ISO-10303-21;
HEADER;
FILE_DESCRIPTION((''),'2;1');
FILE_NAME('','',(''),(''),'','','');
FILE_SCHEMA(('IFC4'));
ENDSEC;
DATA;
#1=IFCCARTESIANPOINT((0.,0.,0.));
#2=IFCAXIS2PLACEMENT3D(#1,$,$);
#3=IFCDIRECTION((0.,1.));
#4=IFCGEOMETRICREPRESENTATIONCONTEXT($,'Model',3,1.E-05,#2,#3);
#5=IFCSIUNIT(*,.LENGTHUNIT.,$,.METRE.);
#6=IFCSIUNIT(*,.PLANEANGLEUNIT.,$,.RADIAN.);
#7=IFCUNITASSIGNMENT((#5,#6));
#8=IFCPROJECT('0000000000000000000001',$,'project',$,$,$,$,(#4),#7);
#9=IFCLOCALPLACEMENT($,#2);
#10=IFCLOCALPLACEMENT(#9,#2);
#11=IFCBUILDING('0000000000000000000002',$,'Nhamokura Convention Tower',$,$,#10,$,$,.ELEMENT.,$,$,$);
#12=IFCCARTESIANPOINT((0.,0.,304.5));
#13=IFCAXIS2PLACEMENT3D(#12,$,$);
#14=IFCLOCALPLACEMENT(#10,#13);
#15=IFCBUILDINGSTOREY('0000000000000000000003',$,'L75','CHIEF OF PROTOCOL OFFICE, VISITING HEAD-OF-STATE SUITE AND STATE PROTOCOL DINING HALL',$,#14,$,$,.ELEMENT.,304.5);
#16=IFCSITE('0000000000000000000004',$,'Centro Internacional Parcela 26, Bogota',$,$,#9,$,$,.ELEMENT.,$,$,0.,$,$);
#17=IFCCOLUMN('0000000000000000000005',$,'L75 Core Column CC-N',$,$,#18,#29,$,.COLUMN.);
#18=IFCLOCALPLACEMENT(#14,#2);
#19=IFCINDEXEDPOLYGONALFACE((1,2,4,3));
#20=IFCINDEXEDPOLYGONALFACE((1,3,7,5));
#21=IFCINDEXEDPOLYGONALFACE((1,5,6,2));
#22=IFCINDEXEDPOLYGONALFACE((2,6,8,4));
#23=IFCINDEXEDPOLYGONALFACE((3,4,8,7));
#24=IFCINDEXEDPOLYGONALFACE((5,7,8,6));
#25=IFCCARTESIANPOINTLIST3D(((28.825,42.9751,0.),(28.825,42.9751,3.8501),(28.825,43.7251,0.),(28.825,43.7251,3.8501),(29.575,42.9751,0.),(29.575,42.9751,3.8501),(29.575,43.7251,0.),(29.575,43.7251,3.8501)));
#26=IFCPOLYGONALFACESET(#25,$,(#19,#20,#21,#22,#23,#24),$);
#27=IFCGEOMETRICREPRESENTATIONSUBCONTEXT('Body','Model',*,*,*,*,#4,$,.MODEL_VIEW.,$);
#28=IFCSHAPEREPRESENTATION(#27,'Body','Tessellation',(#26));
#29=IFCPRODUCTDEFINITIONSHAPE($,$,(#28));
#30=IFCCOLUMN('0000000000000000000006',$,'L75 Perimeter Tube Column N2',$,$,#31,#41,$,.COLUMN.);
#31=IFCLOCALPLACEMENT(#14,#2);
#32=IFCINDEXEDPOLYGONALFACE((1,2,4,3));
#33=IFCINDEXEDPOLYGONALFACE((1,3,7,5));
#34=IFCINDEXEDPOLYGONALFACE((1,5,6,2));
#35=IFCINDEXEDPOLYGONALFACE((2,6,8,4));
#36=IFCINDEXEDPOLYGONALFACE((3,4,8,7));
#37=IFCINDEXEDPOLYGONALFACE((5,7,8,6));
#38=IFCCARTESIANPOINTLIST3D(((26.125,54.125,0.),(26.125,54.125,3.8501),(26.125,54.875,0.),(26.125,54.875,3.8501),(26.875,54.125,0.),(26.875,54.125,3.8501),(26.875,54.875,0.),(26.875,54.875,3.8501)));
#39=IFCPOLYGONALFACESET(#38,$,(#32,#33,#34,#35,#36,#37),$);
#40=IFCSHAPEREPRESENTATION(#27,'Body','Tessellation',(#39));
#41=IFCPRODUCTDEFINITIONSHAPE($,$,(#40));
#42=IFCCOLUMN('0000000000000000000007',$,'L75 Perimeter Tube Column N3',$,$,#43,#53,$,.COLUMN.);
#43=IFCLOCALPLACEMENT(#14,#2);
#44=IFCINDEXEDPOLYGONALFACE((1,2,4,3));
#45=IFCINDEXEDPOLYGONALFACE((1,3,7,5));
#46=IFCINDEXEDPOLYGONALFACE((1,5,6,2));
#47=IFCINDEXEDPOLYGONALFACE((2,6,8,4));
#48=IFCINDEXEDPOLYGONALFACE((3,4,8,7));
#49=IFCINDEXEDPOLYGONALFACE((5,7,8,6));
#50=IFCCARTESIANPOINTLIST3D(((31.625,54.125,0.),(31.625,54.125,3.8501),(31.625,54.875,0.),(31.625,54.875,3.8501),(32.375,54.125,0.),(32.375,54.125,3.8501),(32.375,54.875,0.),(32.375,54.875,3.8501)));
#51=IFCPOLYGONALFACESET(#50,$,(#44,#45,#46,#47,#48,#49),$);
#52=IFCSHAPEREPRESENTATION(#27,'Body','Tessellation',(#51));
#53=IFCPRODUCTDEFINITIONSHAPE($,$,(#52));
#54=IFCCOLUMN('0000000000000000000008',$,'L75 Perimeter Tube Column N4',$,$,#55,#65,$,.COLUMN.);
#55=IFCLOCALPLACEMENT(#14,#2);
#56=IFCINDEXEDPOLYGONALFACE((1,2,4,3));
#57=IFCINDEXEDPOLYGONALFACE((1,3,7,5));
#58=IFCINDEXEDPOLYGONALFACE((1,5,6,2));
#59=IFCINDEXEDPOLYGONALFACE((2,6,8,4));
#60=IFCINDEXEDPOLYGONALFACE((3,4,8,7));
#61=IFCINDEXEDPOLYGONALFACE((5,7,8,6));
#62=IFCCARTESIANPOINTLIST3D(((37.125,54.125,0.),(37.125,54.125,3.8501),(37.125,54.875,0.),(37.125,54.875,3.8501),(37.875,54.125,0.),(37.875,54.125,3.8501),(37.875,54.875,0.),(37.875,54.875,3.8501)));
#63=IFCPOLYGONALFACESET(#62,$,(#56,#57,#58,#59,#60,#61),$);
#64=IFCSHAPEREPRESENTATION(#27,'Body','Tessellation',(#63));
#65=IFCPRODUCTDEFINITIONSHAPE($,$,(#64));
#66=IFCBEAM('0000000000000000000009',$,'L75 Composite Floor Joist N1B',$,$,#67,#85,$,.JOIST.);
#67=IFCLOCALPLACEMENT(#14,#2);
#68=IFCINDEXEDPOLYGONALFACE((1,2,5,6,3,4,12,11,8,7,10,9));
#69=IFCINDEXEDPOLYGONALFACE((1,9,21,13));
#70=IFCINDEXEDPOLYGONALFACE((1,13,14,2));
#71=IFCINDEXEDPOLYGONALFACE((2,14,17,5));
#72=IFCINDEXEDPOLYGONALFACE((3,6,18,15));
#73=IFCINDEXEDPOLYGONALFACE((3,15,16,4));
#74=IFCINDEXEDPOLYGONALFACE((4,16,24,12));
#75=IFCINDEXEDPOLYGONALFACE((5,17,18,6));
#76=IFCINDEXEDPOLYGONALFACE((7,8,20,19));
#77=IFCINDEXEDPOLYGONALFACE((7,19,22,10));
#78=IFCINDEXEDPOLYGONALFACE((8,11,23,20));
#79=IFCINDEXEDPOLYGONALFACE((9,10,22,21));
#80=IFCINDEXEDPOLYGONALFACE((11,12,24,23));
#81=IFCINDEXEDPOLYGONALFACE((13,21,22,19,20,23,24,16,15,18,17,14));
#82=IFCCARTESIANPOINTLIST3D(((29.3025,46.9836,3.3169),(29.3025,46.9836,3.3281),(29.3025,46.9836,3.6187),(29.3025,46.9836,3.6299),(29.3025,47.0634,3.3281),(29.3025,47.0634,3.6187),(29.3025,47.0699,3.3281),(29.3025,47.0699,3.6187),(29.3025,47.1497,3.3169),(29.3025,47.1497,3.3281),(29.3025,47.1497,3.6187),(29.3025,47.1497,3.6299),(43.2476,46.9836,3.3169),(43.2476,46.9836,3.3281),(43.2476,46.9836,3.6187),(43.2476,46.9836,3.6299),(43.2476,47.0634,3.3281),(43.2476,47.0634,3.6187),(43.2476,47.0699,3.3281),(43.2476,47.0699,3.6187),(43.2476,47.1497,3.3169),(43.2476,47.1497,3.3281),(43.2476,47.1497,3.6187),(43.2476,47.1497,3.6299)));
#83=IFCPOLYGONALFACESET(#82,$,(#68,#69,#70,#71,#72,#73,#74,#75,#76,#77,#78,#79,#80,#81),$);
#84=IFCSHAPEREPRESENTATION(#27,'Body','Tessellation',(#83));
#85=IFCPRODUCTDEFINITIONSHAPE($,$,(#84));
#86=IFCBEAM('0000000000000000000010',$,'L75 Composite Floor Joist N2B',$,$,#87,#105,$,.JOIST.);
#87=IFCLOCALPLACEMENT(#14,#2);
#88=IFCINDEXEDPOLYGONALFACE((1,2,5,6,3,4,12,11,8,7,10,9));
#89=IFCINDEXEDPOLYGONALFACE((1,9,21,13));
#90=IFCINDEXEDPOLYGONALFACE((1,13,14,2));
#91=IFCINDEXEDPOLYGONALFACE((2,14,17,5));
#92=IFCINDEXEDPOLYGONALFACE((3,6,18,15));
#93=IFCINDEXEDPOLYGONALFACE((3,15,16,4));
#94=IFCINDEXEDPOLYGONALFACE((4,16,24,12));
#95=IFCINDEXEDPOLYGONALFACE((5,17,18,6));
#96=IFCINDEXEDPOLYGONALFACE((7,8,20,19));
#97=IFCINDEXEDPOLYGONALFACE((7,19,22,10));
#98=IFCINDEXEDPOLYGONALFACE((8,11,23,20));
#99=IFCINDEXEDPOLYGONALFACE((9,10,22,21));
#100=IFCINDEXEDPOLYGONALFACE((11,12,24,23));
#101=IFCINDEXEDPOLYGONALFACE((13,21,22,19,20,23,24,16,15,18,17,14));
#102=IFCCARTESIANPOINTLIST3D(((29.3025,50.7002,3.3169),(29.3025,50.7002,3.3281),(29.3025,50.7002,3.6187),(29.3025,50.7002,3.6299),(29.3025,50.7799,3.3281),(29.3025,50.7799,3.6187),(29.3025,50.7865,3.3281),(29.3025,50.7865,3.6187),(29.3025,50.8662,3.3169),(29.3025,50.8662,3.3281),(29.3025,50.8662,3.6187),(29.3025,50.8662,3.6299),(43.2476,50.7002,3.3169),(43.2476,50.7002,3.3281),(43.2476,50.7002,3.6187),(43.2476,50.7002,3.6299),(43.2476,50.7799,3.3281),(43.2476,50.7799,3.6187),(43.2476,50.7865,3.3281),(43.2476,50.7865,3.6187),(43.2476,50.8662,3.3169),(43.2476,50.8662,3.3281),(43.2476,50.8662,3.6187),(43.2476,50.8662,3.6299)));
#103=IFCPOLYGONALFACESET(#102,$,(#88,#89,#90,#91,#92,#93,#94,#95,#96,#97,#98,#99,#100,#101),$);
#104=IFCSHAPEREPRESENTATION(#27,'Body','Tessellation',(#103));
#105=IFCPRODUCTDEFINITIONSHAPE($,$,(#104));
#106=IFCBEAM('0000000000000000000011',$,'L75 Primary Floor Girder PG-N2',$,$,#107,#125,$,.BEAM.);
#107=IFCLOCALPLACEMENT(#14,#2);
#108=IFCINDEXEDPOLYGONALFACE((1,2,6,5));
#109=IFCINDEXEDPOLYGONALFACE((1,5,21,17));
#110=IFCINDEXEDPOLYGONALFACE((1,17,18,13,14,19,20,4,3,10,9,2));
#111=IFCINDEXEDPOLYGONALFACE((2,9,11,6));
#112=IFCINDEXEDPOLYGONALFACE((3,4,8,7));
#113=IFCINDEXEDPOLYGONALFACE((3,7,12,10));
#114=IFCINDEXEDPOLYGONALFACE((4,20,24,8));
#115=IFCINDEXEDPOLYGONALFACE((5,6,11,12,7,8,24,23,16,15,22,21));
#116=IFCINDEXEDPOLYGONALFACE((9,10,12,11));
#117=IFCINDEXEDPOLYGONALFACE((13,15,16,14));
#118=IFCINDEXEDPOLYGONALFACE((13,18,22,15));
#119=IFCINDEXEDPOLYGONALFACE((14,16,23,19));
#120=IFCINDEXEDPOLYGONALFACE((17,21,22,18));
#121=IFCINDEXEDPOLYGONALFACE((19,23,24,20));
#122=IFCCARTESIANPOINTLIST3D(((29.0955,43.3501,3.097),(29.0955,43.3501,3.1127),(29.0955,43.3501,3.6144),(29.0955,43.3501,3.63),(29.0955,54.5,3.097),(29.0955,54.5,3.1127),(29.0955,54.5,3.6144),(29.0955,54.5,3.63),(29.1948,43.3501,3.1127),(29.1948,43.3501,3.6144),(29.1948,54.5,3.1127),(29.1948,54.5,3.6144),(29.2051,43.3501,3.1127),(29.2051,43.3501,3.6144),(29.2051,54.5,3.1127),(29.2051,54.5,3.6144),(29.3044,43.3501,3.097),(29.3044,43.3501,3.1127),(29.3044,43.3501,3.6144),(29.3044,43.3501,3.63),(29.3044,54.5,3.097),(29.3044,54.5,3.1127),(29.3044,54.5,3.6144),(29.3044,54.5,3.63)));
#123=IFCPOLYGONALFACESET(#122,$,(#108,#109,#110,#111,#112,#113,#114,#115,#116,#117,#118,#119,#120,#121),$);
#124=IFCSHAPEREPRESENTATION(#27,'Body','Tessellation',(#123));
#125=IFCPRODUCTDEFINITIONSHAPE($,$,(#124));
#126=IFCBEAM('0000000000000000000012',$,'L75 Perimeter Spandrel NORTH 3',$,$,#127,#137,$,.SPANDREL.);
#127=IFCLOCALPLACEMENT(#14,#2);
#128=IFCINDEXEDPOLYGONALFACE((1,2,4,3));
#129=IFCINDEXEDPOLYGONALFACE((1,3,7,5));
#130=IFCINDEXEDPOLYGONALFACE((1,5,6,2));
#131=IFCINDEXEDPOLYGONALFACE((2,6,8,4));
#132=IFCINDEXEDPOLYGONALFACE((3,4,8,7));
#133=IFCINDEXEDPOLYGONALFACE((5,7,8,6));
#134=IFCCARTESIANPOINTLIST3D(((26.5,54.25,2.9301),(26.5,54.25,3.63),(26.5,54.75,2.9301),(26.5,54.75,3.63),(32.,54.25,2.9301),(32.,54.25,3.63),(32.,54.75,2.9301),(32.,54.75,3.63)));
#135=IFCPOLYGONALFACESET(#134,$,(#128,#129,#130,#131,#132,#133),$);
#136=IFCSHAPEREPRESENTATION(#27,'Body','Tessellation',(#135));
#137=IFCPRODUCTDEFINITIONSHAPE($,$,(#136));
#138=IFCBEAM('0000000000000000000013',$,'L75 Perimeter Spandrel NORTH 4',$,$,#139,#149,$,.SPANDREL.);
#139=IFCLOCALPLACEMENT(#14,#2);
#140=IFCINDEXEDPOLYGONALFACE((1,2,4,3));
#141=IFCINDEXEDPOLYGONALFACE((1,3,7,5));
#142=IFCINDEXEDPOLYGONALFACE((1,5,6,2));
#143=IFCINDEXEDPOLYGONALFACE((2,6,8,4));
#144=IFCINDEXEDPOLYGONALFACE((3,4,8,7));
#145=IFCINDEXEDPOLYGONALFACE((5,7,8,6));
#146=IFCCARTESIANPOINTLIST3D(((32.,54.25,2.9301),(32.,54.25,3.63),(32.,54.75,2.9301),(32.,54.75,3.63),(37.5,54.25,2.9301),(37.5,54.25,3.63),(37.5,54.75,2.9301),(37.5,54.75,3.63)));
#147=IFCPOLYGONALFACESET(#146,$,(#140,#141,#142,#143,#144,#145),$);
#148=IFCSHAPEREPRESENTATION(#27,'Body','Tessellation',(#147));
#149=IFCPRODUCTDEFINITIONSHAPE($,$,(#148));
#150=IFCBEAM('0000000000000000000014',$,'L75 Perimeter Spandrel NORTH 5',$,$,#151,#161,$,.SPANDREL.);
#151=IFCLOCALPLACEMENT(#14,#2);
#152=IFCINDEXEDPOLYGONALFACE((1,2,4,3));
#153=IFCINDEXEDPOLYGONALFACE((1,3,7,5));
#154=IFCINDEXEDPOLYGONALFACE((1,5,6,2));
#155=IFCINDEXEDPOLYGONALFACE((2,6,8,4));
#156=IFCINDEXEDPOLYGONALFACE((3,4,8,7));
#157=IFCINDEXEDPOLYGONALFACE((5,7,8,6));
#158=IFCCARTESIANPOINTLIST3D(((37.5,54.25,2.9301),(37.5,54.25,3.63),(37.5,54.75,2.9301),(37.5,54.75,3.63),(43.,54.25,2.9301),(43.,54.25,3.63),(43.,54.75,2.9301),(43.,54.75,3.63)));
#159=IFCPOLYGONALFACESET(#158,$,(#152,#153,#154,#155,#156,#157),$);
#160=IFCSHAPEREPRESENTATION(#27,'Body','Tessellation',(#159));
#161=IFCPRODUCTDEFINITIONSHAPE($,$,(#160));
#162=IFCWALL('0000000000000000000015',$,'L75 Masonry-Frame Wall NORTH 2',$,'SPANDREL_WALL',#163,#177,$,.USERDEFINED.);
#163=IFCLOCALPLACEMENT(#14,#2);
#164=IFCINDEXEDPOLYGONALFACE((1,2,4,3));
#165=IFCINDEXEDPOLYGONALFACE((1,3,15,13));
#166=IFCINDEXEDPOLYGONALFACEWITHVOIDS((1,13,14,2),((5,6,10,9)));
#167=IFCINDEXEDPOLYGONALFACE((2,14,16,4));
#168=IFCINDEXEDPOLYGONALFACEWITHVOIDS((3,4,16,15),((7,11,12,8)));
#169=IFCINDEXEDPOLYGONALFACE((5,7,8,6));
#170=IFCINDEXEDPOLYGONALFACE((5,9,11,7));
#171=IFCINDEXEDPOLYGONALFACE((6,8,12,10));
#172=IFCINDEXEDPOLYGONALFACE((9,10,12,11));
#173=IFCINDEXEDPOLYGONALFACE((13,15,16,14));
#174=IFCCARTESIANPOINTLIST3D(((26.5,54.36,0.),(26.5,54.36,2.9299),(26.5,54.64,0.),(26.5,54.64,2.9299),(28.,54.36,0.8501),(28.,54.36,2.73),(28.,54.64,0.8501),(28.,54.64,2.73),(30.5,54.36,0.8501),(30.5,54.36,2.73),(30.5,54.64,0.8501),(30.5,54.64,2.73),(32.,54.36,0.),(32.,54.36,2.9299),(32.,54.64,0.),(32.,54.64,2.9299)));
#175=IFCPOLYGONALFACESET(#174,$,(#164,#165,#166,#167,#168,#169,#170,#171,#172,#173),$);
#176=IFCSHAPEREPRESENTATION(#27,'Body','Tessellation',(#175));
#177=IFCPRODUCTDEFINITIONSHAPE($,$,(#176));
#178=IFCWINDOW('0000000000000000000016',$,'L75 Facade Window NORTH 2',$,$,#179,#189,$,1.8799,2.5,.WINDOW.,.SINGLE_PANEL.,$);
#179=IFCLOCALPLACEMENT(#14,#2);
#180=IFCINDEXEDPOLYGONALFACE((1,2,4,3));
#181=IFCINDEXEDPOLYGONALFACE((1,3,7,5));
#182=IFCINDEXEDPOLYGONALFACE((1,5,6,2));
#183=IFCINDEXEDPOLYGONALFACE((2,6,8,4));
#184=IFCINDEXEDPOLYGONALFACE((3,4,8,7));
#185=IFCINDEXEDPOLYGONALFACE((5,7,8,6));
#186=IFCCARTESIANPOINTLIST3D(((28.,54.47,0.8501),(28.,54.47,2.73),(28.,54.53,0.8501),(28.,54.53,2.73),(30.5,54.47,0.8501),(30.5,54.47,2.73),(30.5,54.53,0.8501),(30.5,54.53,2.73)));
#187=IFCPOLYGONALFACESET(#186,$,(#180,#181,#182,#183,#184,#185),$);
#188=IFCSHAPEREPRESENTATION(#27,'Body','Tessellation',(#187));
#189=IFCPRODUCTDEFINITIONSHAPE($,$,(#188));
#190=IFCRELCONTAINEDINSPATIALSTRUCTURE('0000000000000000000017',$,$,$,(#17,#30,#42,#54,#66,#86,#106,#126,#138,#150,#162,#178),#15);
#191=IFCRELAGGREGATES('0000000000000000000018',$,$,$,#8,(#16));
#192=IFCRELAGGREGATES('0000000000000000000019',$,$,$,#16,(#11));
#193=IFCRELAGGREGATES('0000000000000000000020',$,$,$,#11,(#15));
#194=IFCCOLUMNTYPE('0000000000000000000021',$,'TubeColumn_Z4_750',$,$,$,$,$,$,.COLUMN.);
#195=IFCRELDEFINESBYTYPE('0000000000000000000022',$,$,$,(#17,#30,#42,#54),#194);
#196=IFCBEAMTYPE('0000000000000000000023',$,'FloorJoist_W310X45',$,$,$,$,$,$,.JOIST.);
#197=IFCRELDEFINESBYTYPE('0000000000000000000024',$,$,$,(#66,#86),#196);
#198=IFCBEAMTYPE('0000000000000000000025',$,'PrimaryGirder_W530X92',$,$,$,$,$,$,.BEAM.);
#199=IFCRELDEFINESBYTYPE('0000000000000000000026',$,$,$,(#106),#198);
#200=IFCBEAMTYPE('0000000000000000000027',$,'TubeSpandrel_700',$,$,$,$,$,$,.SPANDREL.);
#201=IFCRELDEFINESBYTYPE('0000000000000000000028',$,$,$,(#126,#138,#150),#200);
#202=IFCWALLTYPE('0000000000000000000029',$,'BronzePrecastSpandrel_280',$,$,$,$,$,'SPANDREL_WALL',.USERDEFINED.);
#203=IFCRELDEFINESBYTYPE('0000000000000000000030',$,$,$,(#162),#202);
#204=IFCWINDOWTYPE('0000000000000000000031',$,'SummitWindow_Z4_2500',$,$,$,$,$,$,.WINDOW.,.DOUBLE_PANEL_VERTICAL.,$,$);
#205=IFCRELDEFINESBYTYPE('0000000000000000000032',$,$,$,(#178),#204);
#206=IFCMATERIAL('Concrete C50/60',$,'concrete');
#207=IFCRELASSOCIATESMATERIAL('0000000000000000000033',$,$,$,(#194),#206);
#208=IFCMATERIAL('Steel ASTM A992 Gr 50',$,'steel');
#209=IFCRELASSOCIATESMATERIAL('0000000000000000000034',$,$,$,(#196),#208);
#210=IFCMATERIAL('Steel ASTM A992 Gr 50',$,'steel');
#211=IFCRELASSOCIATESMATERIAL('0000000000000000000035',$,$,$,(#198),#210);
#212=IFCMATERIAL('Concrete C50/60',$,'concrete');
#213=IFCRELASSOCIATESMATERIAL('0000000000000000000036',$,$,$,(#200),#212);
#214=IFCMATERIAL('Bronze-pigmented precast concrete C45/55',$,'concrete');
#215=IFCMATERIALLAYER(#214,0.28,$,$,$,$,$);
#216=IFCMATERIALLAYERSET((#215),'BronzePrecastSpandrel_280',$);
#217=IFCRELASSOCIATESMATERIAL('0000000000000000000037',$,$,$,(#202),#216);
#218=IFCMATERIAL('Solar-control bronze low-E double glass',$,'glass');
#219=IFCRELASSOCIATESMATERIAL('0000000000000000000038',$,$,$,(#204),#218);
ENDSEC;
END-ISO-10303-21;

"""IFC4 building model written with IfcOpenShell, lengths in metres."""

from ifc_helpers import new_model, si_unit, direction, frame, frame_2d, origin, origin_2d, place, context, subcontext, project, spatial, rectangle, i_section, extrude, material, layer, layer_set, material_profile, profile_set, type_object, element, fill, save


model = new_model("IFC4")

# Units and contexts
model_context = context("Model", 3, precision=1e-05, world=origin(), true_north=direction((0.0, 1.0)))
body_context = subcontext(model_context, "Body", "Model", "MODEL_VIEW")
ifc_project = project(units=[si_unit("LENGTHUNIT", "METRE"), si_unit("PLANEANGLEUNIT", "RADIAN")], contexts=[model_context])

# Site, building, storey
site_placement = place(None, origin())
site = spatial("IfcSite", under=ifc_project, at=site_placement, Name="Centro Internacional Parcela 26, Bogota", CompositionType="ELEMENT", RefElevation=0.0)
building_placement = place(site_placement, origin())
building = spatial("IfcBuilding", under=site, at=building_placement, Name="Nhamokura Convention Tower", CompositionType="ELEMENT")
storey_placement = place(building_placement, frame((0.0, 0.0, 304.5)))
storey = spatial("IfcBuildingStorey", under=building, at=storey_placement, Name="L75", Description="CHIEF OF PROTOCOL OFFICE, VISITING HEAD-OF-STATE SUITE AND STATE PROTOCOL DINING HALL", CompositionType="ELEMENT", Elevation=304.5)

# Columns
ifc_material_1 = material(Name="Concrete C50/60", Category="concrete")
ifc_material_profile_1 = material_profile(ifc_material_1, rectangle(XDim=0.75, YDim=0.75, at=origin_2d()))
ifc_profile_set_1 = profile_set([ifc_material_profile_1], Name="Concrete C50/60")
column_type = type_object("IfcColumnType", Name="TubeColumn_Z4_750", PredefinedType="COLUMN", material=ifc_profile_set_1)
for number, where, z_axis, x_axis, name in (
    (1, (29.2, 43.3501, 0.0), (0.0, 0.0, 1.0), (1.0, 0.0, 0.0), "L75 Core Column CC-N"),
    (2, (26.5, 54.5, 0.0), (0.0, 0.0, 1.0), (1.0, 0.0, 0.0), "L75 Perimeter Tube Column N2"),
    (3, (32.0, 54.5, 0.0), (0.0, 0.0, 1.0), (1.0, 0.0, 0.0), "L75 Perimeter Tube Column N3"),
    (4, (37.5, 54.5, 0.0), (0.0, 0.0, 1.0), (1.0, 0.0, 0.0), "L75 Perimeter Tube Column N4"),
):
    element("IfcColumn", number, at=place(storey_placement, frame(where, z_axis=z_axis, x_axis=x_axis)), inside=storey, type_object=column_type, Name=name, PredefinedType="COLUMN", context=body_context, shape_type="SweptSolid", body=[
        extrude(rectangle(XDim=0.75, YDim=0.75, at=origin_2d()), origin(), (0.0, 0.0, 1.0), 3.8501),
    ])

# Beams
ifc_material_2 = material(Name="Steel ASTM A992 Gr 50", Category="steel")
ifc_material_profile_2 = material_profile(ifc_material_2, i_section(OverallWidth=0.166, OverallDepth=0.313, WebThickness=0.0066, FlangeThickness=0.0112, at=origin_2d()))
ifc_profile_set_2 = profile_set([ifc_material_profile_2], Name="Steel ASTM A992 Gr 50")
beam_type_1 = type_object("IfcBeamType", Name="FloorJoist_W310X45", PredefinedType="JOIST", material=ifc_profile_set_2)
for number, where, z_axis, x_axis, name in (
    (5, (29.3025, 47.0667, 3.4734), (1.0, 0.0, 0.0), (0.0, 1.0, 0.0), "L75 Composite Floor Joist N1B"),
    (6, (29.3025, 50.7832, 3.4734), (1.0, 0.0, 0.0), (0.0, 1.0, 0.0), "L75 Composite Floor Joist N2B"),
):
    element("IfcBeam", number, at=place(storey_placement, frame(where, z_axis=z_axis, x_axis=x_axis)), inside=storey, type_object=beam_type_1, Name=name, PredefinedType="JOIST", context=body_context, shape_type="SweptSolid", body=[
        extrude(i_section(OverallWidth=0.166, OverallDepth=0.313, WebThickness=0.0066, FlangeThickness=0.0112, at=origin_2d()), origin(), (0.0, 0.0, 1.0), 13.9451),
    ])
ifc_material_3 = material(Name="Steel ASTM A992 Gr 50", Category="steel")
ifc_material_profile_3 = material_profile(ifc_material_3, i_section(OverallWidth=0.209, OverallDepth=0.533, WebThickness=0.0103, FlangeThickness=0.0156, at=origin_2d()))
ifc_profile_set_3 = profile_set([ifc_material_profile_3], Name="Steel ASTM A992 Gr 50")
beam_type_2 = type_object("IfcBeamType", Name="PrimaryGirder_W530X92", PredefinedType="BEAM", material=ifc_profile_set_3)
beam_placement = place(storey_placement, frame((29.2, 43.3501, 3.3635), z_axis=(0.0, 1.0, 0.0), x_axis=(-1.0, 0.0, 0.0)))
element("IfcBeam", 7, at=beam_placement, inside=storey, type_object=beam_type_2, Name="L75 Primary Floor Girder PG-N2", PredefinedType="BEAM", context=body_context, shape_type="SweptSolid", body=[
    extrude(i_section(OverallWidth=0.209, OverallDepth=0.533, WebThickness=0.0103, FlangeThickness=0.0156, at=origin_2d()), origin(), (0.0, 0.0, 1.0), 11.1499),
])
ifc_material_4 = material(Name="Concrete C50/60", Category="concrete")
ifc_material_profile_4 = material_profile(ifc_material_4, rectangle(XDim=0.5, YDim=0.7, at=origin_2d()))
ifc_profile_set_4 = profile_set([ifc_material_profile_4], Name="Concrete C50/60")
beam_type_3 = type_object("IfcBeamType", Name="TubeSpandrel_700", PredefinedType="SPANDREL", material=ifc_profile_set_4)
for number, where, z_axis, x_axis, name in (
    (8, (26.5, 54.5, 3.28), (1.0, 0.0, 0.0), (0.0, 1.0, 0.0), "L75 Perimeter Spandrel NORTH 3"),
    (9, (32.0, 54.5, 3.28), (1.0, 0.0, 0.0), (0.0, 1.0, 0.0), "L75 Perimeter Spandrel NORTH 4"),
    (10, (37.5, 54.5, 3.28), (1.0, 0.0, 0.0), (0.0, 1.0, 0.0), "L75 Perimeter Spandrel NORTH 5"),
):
    element("IfcBeam", number, at=place(storey_placement, frame(where, z_axis=z_axis, x_axis=x_axis)), inside=storey, type_object=beam_type_3, Name=name, PredefinedType="SPANDREL", context=body_context, shape_type="SweptSolid", body=[
        extrude(rectangle(XDim=0.5, YDim=0.7, at=origin_2d()), origin(), (0.0, 0.0, 1.0), 5.5),
    ])

# Wall, opening, window
ifc_material_5 = material(Name="Bronze-pigmented precast concrete C45/55", Category="concrete")
ifc_layer_1 = layer(ifc_material_5, 0.28)
ifc_layer_set_1 = layer_set([ifc_layer_1], Name="BronzePrecastSpandrel_280")
wall_type_1 = type_object("IfcWallType", Name="BronzePrecastSpandrel_280", ElementType="SPANDREL_WALL", PredefinedType="USERDEFINED", material=ifc_layer_set_1)
wall_1_placement = place(storey_placement, frame((26.5, 54.5, 0.0), z_axis=(0.0, 0.0, 1.0), x_axis=(1.0, 0.0, 0.0)))
wall_1 = element("IfcWall", 11, at=wall_1_placement, inside=storey, type_object=wall_type_1, Name="L75 Masonry-Frame Wall NORTH 2", ObjectType="SPANDREL_WALL", PredefinedType="USERDEFINED", context=body_context, shape_type="SweptSolid", body=[
    extrude(rectangle(XDim=5.5, YDim=0.28, at=frame_2d((2.75, 0.0))), origin(), (0.0, 0.0, 1.0), 2.9299),
])
opening_1_placement = place(wall_1_placement, frame((1.5, 0.0, 0.8501)))
opening_1 = element("IfcOpeningElement", 12, at=opening_1_placement, cuts=wall_1, PredefinedType="OPENING", context=body_context, shape_type="SweptSolid", body=[
    extrude(rectangle(XDim=2.5, YDim=1.8799, at=frame_2d((1.25, 0.9399))), frame((0.0, 0.1499, 0.0), z_axis=(0.0, -1.0, 0.0), x_axis=(1.0, 0.0, 0.0)), (0.0, 0.0, 1.0), 0.3),
])
ifc_material_6 = material(Name="Solar-control bronze low-E double glass", Category="glass")
window_type_1 = type_object("IfcWindowType", Name="SummitWindow_Z4_2500", PartitioningType="DOUBLE_PANEL_VERTICAL", PredefinedType="WINDOW", material=ifc_material_6)
window_1_placement = place(opening_1_placement, origin())
window_1 = element("IfcWindow", 13, at=window_1_placement, inside=storey, type_object=window_type_1, Name="L75 Facade Window NORTH 2", OverallHeight=1.8799, OverallWidth=2.5, PartitioningType="SINGLE_PANEL", PredefinedType="WINDOW", context=body_context, shape_type="SweptSolid", body=[
    extrude(rectangle(XDim=2.5, YDim=1.8799, at=frame_2d((1.25, 0.9399))), frame((0.0, 0.03, 0.0), z_axis=(0.0, -1.0, 0.0), x_axis=(1.0, 0.0, 0.0)), (0.0, 0.0, 1.0), 0.0601),
])
fill(opening_1, window_1)

save(model, "model.ifc")
